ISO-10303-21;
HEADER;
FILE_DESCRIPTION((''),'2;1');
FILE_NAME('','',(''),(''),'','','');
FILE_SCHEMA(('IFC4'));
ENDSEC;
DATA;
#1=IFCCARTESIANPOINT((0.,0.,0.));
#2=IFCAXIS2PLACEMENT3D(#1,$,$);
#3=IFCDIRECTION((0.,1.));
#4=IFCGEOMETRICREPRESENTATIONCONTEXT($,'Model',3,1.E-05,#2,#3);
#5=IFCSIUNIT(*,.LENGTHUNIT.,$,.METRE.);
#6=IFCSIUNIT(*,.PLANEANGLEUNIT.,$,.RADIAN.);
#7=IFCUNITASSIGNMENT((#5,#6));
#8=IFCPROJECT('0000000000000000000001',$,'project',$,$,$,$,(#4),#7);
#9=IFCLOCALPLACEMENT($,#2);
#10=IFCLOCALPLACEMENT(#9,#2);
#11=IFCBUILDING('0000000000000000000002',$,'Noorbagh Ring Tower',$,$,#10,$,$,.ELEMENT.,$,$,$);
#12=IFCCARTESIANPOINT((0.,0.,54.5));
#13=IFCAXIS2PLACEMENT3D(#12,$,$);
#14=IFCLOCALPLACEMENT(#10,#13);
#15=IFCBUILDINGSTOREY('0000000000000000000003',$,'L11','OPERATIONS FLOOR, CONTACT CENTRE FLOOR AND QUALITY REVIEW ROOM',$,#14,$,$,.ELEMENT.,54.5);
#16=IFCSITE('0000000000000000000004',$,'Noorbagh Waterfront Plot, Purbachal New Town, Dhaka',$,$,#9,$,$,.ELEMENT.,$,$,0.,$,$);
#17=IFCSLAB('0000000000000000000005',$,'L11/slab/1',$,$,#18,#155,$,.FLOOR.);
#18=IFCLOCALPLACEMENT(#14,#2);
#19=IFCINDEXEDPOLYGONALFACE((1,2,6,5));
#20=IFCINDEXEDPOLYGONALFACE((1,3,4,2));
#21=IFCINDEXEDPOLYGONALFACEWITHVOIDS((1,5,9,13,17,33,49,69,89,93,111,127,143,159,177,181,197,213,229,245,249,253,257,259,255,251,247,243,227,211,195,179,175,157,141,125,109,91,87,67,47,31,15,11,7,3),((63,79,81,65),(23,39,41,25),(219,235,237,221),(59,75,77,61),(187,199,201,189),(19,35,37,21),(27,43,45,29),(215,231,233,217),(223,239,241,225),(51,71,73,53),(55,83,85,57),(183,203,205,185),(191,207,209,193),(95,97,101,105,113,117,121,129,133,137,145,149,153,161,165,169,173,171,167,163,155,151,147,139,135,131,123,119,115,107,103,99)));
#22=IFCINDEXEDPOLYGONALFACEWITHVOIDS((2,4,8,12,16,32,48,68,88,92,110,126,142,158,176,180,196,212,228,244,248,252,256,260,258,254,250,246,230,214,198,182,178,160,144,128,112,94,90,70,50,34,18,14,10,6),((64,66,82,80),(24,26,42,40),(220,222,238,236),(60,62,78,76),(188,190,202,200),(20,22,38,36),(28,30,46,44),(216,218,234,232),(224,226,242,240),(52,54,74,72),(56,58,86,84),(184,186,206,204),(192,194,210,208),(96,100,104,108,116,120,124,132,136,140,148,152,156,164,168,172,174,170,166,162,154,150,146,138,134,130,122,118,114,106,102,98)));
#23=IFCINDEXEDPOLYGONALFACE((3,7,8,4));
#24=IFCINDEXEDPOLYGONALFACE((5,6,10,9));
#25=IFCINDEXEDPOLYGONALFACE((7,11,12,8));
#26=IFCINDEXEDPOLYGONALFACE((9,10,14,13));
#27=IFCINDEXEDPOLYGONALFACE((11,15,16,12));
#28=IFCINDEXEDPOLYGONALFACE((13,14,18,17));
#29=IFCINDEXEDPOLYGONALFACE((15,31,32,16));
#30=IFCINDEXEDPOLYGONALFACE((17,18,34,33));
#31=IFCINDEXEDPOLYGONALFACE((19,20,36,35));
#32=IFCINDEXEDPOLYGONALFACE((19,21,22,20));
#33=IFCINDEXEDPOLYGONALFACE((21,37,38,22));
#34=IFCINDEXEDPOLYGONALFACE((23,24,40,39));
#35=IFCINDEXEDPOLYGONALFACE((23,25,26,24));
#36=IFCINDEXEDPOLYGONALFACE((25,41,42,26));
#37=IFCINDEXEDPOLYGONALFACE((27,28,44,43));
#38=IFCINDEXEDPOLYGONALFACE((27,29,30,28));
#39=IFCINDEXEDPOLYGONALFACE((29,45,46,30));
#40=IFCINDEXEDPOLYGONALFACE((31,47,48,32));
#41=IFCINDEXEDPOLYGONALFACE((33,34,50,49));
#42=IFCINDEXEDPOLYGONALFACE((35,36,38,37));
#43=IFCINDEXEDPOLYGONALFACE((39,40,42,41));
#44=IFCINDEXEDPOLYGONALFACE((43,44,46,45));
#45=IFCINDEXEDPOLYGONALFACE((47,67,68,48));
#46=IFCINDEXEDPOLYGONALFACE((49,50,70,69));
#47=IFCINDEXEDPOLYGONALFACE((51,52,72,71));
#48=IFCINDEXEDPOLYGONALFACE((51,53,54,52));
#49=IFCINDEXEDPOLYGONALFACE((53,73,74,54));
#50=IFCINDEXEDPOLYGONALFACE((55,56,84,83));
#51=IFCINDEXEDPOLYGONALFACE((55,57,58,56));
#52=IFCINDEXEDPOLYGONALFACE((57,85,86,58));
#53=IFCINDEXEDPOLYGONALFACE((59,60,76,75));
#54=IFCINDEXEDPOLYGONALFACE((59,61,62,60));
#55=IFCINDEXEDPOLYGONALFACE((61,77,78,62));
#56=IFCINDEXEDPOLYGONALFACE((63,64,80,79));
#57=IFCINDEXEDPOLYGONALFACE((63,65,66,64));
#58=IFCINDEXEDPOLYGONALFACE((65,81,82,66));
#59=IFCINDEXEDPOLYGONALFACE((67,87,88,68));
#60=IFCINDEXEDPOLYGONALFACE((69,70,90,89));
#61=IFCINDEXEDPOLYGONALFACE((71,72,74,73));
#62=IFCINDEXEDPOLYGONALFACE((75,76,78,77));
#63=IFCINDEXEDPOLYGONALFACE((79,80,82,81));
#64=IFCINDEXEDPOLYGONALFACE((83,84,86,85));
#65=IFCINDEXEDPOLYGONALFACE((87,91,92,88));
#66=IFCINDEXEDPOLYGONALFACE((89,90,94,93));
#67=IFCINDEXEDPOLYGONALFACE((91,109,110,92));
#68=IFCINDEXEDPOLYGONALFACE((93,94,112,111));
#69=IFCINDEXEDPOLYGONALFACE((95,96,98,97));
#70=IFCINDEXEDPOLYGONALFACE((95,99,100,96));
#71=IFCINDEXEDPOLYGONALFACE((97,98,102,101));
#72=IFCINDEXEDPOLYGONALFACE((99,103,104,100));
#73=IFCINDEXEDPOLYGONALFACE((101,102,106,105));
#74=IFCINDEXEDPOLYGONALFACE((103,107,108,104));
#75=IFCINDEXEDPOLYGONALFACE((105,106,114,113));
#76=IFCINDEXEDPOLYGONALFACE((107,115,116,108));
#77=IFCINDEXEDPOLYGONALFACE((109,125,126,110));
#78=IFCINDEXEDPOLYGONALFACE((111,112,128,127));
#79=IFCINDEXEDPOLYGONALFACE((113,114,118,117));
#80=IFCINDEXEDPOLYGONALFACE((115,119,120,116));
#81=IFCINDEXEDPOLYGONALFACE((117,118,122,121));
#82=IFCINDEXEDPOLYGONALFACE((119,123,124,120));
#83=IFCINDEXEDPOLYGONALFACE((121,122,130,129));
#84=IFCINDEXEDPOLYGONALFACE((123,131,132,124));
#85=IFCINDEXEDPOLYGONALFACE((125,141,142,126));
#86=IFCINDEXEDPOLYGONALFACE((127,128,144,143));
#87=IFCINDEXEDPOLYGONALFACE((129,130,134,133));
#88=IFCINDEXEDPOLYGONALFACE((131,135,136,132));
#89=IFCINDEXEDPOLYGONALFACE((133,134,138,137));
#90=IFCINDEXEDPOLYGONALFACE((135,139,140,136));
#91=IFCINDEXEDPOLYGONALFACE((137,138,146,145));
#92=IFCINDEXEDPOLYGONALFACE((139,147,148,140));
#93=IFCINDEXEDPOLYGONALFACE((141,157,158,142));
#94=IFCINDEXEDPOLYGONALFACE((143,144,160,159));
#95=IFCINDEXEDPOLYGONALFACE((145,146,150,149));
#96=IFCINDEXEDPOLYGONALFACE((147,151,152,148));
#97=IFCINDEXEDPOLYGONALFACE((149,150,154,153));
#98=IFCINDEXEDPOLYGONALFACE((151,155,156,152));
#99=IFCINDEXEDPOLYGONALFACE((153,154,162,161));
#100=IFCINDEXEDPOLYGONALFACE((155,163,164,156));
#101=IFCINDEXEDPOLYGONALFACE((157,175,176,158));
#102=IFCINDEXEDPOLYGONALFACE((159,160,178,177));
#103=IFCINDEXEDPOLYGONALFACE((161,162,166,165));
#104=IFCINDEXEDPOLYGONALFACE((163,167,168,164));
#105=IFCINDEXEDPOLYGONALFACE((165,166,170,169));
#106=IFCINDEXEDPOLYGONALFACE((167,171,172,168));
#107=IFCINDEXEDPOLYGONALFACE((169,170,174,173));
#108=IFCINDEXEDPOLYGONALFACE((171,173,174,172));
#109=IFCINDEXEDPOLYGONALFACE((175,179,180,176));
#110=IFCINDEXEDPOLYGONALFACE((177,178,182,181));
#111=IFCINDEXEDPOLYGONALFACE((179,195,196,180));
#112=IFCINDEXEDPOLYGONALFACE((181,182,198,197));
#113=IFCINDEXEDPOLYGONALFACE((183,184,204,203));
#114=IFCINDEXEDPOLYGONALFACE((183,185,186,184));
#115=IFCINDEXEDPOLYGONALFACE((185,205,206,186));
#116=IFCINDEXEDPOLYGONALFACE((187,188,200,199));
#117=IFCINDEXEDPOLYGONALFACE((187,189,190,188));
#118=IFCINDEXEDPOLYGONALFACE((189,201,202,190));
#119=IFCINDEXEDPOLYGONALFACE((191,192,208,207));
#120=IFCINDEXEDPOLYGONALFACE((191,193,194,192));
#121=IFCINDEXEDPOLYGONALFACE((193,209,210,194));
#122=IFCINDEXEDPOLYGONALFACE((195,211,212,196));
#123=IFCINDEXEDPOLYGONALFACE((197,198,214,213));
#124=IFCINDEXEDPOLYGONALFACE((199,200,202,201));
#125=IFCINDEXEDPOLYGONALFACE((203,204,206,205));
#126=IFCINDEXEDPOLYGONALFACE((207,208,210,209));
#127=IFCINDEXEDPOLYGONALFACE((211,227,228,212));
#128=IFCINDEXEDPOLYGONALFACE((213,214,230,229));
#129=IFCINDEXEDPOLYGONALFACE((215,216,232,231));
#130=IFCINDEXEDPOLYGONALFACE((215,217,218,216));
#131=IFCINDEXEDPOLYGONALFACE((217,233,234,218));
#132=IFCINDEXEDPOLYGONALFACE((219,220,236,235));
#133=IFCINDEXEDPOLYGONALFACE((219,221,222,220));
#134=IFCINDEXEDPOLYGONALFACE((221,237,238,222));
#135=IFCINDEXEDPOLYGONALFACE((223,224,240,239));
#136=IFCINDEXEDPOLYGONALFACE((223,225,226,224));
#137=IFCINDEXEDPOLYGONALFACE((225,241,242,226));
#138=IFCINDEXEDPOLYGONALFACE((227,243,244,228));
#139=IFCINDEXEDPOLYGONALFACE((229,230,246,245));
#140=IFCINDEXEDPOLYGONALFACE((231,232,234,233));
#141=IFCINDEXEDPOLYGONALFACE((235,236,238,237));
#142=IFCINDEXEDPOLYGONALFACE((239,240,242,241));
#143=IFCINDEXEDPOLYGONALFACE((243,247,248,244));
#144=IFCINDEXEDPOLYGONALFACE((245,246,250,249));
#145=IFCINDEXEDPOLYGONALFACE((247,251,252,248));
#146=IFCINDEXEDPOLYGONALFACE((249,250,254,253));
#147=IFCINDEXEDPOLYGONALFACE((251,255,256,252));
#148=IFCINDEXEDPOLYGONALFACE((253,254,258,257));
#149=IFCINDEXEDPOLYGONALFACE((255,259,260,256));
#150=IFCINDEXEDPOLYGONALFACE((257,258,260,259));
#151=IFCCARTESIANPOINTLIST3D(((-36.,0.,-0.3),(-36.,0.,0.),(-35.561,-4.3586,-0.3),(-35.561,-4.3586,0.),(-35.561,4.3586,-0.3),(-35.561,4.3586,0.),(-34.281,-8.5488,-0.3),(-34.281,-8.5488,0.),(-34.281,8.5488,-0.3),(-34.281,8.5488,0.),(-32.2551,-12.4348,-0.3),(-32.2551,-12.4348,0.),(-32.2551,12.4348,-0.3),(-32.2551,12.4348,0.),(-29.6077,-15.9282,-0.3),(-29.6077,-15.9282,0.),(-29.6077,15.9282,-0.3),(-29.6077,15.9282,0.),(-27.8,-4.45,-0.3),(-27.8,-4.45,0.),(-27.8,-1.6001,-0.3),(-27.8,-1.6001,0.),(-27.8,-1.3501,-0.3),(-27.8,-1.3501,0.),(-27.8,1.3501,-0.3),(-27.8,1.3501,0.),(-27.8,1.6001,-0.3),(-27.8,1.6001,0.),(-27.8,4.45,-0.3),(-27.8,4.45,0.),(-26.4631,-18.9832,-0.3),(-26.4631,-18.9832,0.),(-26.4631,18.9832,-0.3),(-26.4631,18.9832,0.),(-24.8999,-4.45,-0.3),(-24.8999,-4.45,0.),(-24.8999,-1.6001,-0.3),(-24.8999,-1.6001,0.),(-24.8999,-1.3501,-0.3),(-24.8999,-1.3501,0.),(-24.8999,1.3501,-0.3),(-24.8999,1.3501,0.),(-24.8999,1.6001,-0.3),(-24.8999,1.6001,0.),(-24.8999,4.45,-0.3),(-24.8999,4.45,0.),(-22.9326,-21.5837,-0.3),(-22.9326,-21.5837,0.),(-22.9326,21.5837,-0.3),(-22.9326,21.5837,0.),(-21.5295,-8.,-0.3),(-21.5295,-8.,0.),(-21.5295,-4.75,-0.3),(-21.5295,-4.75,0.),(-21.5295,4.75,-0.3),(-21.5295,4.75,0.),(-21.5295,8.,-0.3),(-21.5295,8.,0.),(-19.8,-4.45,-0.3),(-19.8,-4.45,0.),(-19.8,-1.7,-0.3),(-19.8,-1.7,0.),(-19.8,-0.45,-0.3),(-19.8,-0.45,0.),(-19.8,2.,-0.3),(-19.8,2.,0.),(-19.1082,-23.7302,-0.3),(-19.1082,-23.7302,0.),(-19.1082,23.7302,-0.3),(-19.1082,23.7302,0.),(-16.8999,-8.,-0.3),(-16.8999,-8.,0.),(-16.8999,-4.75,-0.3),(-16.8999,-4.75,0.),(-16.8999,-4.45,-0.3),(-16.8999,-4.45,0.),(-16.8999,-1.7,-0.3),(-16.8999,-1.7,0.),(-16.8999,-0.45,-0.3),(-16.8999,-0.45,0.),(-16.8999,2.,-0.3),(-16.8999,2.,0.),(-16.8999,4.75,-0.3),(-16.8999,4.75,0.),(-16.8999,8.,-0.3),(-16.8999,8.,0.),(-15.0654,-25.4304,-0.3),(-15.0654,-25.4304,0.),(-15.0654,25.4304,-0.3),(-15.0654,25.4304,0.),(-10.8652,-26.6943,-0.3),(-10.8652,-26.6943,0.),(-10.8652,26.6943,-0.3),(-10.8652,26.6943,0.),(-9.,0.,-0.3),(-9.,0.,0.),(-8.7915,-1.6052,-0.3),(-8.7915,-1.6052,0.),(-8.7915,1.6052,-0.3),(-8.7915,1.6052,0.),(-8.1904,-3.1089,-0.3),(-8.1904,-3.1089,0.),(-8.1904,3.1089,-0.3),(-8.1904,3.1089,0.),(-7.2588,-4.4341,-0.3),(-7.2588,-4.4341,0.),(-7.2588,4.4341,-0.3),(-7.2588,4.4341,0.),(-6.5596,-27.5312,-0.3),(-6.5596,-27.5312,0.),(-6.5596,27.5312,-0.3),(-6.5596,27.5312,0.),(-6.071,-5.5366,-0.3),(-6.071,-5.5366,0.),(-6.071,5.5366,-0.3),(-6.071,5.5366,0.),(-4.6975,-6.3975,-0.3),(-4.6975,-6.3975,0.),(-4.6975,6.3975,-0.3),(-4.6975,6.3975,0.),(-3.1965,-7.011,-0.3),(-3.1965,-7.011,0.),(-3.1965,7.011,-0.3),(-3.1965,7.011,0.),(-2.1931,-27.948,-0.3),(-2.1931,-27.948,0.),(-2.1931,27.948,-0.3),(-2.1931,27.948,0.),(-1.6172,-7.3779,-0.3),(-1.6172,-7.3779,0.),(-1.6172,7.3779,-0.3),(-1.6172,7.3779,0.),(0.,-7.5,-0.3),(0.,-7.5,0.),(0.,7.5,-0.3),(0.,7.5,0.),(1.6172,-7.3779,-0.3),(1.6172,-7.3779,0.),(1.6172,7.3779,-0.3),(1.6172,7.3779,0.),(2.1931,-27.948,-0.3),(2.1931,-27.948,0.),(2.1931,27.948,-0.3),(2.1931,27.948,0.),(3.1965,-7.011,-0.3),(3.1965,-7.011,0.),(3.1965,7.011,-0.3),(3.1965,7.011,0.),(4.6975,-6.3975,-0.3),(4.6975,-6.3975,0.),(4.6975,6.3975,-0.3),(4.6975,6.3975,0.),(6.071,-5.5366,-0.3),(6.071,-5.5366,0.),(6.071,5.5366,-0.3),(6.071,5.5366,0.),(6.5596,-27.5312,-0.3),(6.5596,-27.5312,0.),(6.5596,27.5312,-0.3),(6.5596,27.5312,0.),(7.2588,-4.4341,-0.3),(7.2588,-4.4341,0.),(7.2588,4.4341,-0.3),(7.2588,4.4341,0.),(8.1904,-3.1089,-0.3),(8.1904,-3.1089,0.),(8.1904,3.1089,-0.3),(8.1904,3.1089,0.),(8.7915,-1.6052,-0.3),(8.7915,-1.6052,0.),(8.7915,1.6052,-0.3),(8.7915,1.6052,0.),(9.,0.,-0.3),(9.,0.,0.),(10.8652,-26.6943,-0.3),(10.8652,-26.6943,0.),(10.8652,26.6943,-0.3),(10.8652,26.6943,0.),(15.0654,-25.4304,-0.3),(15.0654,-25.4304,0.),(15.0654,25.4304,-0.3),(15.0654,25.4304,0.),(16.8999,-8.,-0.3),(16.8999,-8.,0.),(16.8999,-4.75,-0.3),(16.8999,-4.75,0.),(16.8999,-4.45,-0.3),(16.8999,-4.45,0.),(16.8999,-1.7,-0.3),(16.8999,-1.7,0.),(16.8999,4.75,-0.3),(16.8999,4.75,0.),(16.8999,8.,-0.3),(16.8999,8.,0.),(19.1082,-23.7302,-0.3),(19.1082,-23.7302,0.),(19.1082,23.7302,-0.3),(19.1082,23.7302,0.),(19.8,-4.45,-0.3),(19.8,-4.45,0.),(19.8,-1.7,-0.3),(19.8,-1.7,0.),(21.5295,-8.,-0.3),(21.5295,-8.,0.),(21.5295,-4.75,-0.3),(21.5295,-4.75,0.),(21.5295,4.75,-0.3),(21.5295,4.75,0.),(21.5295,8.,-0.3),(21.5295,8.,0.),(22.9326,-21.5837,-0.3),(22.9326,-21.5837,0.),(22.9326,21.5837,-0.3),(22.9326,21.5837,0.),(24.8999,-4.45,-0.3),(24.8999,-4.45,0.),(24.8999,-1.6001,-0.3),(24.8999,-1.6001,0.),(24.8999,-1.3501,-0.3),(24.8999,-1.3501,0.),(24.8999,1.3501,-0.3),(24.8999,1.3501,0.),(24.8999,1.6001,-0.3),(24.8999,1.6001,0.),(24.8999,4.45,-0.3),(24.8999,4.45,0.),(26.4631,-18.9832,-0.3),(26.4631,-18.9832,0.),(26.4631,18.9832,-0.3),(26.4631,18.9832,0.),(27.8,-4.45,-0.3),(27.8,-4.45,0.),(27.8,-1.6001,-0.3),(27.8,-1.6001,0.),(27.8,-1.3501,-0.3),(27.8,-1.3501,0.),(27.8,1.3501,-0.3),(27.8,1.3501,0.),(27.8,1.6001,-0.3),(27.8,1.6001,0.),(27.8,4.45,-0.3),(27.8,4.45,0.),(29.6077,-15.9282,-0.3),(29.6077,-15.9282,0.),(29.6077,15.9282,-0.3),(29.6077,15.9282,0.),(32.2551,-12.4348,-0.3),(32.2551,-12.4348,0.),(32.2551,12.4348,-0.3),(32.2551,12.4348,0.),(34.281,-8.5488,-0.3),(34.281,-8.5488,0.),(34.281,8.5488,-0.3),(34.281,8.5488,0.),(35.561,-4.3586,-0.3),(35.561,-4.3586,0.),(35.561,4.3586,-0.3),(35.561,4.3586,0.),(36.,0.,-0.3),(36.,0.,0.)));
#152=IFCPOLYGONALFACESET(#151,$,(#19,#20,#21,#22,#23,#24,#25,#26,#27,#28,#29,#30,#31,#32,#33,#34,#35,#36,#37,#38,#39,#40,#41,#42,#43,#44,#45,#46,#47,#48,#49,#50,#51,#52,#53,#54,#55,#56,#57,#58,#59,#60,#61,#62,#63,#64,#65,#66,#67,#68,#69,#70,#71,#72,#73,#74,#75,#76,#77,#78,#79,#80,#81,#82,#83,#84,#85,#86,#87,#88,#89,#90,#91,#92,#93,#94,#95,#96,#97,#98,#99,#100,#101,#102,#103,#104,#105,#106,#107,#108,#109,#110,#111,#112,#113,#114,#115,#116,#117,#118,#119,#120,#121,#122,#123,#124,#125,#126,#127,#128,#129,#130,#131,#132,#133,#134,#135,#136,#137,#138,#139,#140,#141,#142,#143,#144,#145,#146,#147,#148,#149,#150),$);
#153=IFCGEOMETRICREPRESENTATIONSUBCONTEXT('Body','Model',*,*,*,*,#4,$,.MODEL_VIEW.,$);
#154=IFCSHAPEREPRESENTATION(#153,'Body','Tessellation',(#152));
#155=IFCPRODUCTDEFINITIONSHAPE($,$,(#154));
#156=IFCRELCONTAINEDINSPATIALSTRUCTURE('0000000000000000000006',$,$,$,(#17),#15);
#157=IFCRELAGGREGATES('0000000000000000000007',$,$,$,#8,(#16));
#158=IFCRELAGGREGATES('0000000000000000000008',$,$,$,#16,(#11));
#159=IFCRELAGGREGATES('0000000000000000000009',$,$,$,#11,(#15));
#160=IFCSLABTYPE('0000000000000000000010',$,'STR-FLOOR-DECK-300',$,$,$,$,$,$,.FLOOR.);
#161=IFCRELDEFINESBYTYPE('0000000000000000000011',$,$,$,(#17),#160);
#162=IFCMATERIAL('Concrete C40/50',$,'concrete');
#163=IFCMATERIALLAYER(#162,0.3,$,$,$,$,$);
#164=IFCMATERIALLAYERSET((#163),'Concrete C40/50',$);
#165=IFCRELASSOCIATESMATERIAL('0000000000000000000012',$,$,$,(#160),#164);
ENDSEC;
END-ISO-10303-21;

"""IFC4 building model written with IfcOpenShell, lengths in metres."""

from ifc_helpers import new_model, si_unit, direction, frame, origin, place, context, subcontext, project, spatial, polyline, outline, extrude, material, layer, layer_set, type_object, element, save


model = new_model("IFC4")

# Units and contexts
model_context = context("Model", 3, precision=1e-05, world=origin(), true_north=direction((0.0, 1.0)))
body_context = subcontext(model_context, "Body", "Model", "MODEL_VIEW")
ifc_project = project(units=[si_unit("LENGTHUNIT", "METRE"), si_unit("PLANEANGLEUNIT", "RADIAN")], contexts=[model_context])

# Site, building, storey
site_placement = place(None, origin())
site = spatial("IfcSite", under=ifc_project, at=site_placement, Name="Noorbagh Waterfront Plot, Purbachal New Town, Dhaka", CompositionType="ELEMENT", RefElevation=0.0)
building_placement = place(site_placement, origin())
building = spatial("IfcBuilding", under=site, at=building_placement, Name="Noorbagh Ring Tower", CompositionType="ELEMENT")
storey_placement = place(building_placement, frame((0.0, 0.0, 54.5)))
storey = spatial("IfcBuildingStorey", under=building, at=storey_placement, Name="L11", Description="OPERATIONS FLOOR, CONTACT CENTRE FLOOR AND QUALITY REVIEW ROOM", CompositionType="ELEMENT", Elevation=54.5)

# Slab
ifc_material_1 = material(Name="Concrete C40/50", Category="concrete")
ifc_layer_1 = layer(ifc_material_1, 0.3)
ifc_layer_set_1 = layer_set([ifc_layer_1], Name="Concrete C40/50")
slab_type_1 = type_object("IfcSlabType", Name="STR-FLOOR-DECK-300", PredefinedType="FLOOR", material=ifc_layer_set_1)
slab_1_placement = place(storey_placement, frame((0.0, 0.0, -0.3)))
element("IfcSlab", 1, at=slab_1_placement, inside=storey, type_object=slab_type_1, Name="L11/slab/1", PredefinedType="FLOOR", context=body_context, shape_type="SweptSolid", body=[
    extrude(outline(polyline([(36.0, 0.0), (35.561, 4.3586), (34.281, 8.5488), (32.2551, 12.4348), (29.6077, 15.9282), (26.4631, 18.9832), (22.9326, 21.5837), (19.1082, 23.7302), (15.0654, 25.4304), (10.8652, 26.6943), (6.5596, 27.5312), (2.1931, 27.948), (-2.1931, 27.948), (-6.5596, 27.5312), (-10.8652, 26.6943), (-15.0654, 25.4304), (-19.1082, 23.7302), (-22.9326, 21.5837), (-26.4631, 18.9832), (-29.6077, 15.9282), (-32.2551, 12.4348), (-34.281, 8.5488), (-35.561, 4.3586), (-36.0, 0.0), (-35.561, -4.3586), (-34.281, -8.5488), (-32.2551, -12.4348), (-29.6077, -15.9282), (-26.4631, -18.9832), (-22.9326, -21.5837), (-19.1082, -23.7302), (-15.0654, -25.4304), (-10.8652, -26.6943), (-6.5596, -27.5312), (-2.1931, -27.948), (2.1931, -27.948), (6.5596, -27.5312), (10.8652, -26.6943), (15.0654, -25.4304), (19.1082, -23.7302), (22.9326, -21.5837), (26.4631, -18.9832), (29.6077, -15.9282), (32.2551, -12.4348), (34.281, -8.5488), (35.561, -4.3586), (36.0, 0.0)]), holes=[polyline([(24.8999, -1.6001), (27.8, -1.6001), (27.8, -4.45), (24.8999, -4.45), (24.8999, -1.6001)]), polyline([(24.8999, 1.3501), (27.8, 1.3501), (27.8, -1.3501), (24.8999, -1.3501), (24.8999, 1.3501)]), polyline([(24.8999, 4.45), (27.8, 4.45), (27.8, 1.6001), (24.8999, 1.6001), (24.8999, 4.45)]), polyline([(21.5295, -4.75), (21.5295, -8.0), (16.8999, -8.0), (16.8999, -4.75), (21.5295, -4.75)]), polyline([(21.5295, 4.75), (16.8999, 4.75), (16.8999, 8.0), (21.5295, 8.0), (21.5295, 4.75)]), polyline([(16.8999, -1.7), (19.8, -1.7), (19.8, -4.45), (16.8999, -4.45), (16.8999, -1.7)]), polyline([(4.6975, -6.3975), (3.1965, -7.011), (1.6172, -7.3779), (0.0, -7.5), (-1.6172, -7.3779), (-3.1965, -7.011), (-4.6975, -6.3975), (-6.071, -5.5366), (-7.2588, -4.4341), (-8.1904, -3.1089), (-8.7915, -1.6052), (-9.0, 0.0), (-8.7915, 1.6052), (-8.1904, 3.1089), (-7.2588, 4.4341), (-6.071, 5.5366), (-4.6975, 6.3975), (-3.1965, 7.011), (-1.6172, 7.3779), (0.0, 7.5), (1.6172, 7.3779), (3.1965, 7.011), (4.6975, 6.3975), (6.071, 5.5366), (7.2588, 4.4341), (8.1904, 3.1089), (8.7915, 1.6052), (9.0, 0.0), (8.7915, -1.6052), (8.1904, -3.1089), (7.2588, -4.4341), (6.071, -5.5366), (4.6975, -6.3975)]), polyline([(-21.5295, -8.0), (-21.5295, -4.75), (-16.8999, -4.75), (-16.8999, -8.0), (-21.5295, -8.0)]), polyline([(-21.5295, 8.0), (-16.8999, 8.0), (-16.8999, 4.75), (-21.5295, 4.75), (-21.5295, 8.0)]), polyline([(-16.8999, -4.45), (-19.8, -4.45), (-19.8, -1.7), (-16.8999, -1.7), (-16.8999, -4.45)]), polyline([(-16.8999, -0.45), (-19.8, -0.45), (-19.8, 2.0), (-16.8999, 2.0), (-16.8999, -0.45)]), polyline([(-24.8999, -4.45), (-27.8, -4.45), (-27.8, -1.6001), (-24.8999, -1.6001), (-24.8999, -4.45)]), polyline([(-24.8999, -1.3501), (-27.8, -1.3501), (-27.8, 1.3501), (-24.8999, 1.3501), (-24.8999, -1.3501)]), polyline([(-24.8999, 1.6001), (-27.8, 1.6001), (-27.8, 4.45), (-24.8999, 4.45), (-24.8999, 1.6001)])]), origin(), (0.0, 0.0, 1.0), 0.3),
])

save(model, "model.ifc")
